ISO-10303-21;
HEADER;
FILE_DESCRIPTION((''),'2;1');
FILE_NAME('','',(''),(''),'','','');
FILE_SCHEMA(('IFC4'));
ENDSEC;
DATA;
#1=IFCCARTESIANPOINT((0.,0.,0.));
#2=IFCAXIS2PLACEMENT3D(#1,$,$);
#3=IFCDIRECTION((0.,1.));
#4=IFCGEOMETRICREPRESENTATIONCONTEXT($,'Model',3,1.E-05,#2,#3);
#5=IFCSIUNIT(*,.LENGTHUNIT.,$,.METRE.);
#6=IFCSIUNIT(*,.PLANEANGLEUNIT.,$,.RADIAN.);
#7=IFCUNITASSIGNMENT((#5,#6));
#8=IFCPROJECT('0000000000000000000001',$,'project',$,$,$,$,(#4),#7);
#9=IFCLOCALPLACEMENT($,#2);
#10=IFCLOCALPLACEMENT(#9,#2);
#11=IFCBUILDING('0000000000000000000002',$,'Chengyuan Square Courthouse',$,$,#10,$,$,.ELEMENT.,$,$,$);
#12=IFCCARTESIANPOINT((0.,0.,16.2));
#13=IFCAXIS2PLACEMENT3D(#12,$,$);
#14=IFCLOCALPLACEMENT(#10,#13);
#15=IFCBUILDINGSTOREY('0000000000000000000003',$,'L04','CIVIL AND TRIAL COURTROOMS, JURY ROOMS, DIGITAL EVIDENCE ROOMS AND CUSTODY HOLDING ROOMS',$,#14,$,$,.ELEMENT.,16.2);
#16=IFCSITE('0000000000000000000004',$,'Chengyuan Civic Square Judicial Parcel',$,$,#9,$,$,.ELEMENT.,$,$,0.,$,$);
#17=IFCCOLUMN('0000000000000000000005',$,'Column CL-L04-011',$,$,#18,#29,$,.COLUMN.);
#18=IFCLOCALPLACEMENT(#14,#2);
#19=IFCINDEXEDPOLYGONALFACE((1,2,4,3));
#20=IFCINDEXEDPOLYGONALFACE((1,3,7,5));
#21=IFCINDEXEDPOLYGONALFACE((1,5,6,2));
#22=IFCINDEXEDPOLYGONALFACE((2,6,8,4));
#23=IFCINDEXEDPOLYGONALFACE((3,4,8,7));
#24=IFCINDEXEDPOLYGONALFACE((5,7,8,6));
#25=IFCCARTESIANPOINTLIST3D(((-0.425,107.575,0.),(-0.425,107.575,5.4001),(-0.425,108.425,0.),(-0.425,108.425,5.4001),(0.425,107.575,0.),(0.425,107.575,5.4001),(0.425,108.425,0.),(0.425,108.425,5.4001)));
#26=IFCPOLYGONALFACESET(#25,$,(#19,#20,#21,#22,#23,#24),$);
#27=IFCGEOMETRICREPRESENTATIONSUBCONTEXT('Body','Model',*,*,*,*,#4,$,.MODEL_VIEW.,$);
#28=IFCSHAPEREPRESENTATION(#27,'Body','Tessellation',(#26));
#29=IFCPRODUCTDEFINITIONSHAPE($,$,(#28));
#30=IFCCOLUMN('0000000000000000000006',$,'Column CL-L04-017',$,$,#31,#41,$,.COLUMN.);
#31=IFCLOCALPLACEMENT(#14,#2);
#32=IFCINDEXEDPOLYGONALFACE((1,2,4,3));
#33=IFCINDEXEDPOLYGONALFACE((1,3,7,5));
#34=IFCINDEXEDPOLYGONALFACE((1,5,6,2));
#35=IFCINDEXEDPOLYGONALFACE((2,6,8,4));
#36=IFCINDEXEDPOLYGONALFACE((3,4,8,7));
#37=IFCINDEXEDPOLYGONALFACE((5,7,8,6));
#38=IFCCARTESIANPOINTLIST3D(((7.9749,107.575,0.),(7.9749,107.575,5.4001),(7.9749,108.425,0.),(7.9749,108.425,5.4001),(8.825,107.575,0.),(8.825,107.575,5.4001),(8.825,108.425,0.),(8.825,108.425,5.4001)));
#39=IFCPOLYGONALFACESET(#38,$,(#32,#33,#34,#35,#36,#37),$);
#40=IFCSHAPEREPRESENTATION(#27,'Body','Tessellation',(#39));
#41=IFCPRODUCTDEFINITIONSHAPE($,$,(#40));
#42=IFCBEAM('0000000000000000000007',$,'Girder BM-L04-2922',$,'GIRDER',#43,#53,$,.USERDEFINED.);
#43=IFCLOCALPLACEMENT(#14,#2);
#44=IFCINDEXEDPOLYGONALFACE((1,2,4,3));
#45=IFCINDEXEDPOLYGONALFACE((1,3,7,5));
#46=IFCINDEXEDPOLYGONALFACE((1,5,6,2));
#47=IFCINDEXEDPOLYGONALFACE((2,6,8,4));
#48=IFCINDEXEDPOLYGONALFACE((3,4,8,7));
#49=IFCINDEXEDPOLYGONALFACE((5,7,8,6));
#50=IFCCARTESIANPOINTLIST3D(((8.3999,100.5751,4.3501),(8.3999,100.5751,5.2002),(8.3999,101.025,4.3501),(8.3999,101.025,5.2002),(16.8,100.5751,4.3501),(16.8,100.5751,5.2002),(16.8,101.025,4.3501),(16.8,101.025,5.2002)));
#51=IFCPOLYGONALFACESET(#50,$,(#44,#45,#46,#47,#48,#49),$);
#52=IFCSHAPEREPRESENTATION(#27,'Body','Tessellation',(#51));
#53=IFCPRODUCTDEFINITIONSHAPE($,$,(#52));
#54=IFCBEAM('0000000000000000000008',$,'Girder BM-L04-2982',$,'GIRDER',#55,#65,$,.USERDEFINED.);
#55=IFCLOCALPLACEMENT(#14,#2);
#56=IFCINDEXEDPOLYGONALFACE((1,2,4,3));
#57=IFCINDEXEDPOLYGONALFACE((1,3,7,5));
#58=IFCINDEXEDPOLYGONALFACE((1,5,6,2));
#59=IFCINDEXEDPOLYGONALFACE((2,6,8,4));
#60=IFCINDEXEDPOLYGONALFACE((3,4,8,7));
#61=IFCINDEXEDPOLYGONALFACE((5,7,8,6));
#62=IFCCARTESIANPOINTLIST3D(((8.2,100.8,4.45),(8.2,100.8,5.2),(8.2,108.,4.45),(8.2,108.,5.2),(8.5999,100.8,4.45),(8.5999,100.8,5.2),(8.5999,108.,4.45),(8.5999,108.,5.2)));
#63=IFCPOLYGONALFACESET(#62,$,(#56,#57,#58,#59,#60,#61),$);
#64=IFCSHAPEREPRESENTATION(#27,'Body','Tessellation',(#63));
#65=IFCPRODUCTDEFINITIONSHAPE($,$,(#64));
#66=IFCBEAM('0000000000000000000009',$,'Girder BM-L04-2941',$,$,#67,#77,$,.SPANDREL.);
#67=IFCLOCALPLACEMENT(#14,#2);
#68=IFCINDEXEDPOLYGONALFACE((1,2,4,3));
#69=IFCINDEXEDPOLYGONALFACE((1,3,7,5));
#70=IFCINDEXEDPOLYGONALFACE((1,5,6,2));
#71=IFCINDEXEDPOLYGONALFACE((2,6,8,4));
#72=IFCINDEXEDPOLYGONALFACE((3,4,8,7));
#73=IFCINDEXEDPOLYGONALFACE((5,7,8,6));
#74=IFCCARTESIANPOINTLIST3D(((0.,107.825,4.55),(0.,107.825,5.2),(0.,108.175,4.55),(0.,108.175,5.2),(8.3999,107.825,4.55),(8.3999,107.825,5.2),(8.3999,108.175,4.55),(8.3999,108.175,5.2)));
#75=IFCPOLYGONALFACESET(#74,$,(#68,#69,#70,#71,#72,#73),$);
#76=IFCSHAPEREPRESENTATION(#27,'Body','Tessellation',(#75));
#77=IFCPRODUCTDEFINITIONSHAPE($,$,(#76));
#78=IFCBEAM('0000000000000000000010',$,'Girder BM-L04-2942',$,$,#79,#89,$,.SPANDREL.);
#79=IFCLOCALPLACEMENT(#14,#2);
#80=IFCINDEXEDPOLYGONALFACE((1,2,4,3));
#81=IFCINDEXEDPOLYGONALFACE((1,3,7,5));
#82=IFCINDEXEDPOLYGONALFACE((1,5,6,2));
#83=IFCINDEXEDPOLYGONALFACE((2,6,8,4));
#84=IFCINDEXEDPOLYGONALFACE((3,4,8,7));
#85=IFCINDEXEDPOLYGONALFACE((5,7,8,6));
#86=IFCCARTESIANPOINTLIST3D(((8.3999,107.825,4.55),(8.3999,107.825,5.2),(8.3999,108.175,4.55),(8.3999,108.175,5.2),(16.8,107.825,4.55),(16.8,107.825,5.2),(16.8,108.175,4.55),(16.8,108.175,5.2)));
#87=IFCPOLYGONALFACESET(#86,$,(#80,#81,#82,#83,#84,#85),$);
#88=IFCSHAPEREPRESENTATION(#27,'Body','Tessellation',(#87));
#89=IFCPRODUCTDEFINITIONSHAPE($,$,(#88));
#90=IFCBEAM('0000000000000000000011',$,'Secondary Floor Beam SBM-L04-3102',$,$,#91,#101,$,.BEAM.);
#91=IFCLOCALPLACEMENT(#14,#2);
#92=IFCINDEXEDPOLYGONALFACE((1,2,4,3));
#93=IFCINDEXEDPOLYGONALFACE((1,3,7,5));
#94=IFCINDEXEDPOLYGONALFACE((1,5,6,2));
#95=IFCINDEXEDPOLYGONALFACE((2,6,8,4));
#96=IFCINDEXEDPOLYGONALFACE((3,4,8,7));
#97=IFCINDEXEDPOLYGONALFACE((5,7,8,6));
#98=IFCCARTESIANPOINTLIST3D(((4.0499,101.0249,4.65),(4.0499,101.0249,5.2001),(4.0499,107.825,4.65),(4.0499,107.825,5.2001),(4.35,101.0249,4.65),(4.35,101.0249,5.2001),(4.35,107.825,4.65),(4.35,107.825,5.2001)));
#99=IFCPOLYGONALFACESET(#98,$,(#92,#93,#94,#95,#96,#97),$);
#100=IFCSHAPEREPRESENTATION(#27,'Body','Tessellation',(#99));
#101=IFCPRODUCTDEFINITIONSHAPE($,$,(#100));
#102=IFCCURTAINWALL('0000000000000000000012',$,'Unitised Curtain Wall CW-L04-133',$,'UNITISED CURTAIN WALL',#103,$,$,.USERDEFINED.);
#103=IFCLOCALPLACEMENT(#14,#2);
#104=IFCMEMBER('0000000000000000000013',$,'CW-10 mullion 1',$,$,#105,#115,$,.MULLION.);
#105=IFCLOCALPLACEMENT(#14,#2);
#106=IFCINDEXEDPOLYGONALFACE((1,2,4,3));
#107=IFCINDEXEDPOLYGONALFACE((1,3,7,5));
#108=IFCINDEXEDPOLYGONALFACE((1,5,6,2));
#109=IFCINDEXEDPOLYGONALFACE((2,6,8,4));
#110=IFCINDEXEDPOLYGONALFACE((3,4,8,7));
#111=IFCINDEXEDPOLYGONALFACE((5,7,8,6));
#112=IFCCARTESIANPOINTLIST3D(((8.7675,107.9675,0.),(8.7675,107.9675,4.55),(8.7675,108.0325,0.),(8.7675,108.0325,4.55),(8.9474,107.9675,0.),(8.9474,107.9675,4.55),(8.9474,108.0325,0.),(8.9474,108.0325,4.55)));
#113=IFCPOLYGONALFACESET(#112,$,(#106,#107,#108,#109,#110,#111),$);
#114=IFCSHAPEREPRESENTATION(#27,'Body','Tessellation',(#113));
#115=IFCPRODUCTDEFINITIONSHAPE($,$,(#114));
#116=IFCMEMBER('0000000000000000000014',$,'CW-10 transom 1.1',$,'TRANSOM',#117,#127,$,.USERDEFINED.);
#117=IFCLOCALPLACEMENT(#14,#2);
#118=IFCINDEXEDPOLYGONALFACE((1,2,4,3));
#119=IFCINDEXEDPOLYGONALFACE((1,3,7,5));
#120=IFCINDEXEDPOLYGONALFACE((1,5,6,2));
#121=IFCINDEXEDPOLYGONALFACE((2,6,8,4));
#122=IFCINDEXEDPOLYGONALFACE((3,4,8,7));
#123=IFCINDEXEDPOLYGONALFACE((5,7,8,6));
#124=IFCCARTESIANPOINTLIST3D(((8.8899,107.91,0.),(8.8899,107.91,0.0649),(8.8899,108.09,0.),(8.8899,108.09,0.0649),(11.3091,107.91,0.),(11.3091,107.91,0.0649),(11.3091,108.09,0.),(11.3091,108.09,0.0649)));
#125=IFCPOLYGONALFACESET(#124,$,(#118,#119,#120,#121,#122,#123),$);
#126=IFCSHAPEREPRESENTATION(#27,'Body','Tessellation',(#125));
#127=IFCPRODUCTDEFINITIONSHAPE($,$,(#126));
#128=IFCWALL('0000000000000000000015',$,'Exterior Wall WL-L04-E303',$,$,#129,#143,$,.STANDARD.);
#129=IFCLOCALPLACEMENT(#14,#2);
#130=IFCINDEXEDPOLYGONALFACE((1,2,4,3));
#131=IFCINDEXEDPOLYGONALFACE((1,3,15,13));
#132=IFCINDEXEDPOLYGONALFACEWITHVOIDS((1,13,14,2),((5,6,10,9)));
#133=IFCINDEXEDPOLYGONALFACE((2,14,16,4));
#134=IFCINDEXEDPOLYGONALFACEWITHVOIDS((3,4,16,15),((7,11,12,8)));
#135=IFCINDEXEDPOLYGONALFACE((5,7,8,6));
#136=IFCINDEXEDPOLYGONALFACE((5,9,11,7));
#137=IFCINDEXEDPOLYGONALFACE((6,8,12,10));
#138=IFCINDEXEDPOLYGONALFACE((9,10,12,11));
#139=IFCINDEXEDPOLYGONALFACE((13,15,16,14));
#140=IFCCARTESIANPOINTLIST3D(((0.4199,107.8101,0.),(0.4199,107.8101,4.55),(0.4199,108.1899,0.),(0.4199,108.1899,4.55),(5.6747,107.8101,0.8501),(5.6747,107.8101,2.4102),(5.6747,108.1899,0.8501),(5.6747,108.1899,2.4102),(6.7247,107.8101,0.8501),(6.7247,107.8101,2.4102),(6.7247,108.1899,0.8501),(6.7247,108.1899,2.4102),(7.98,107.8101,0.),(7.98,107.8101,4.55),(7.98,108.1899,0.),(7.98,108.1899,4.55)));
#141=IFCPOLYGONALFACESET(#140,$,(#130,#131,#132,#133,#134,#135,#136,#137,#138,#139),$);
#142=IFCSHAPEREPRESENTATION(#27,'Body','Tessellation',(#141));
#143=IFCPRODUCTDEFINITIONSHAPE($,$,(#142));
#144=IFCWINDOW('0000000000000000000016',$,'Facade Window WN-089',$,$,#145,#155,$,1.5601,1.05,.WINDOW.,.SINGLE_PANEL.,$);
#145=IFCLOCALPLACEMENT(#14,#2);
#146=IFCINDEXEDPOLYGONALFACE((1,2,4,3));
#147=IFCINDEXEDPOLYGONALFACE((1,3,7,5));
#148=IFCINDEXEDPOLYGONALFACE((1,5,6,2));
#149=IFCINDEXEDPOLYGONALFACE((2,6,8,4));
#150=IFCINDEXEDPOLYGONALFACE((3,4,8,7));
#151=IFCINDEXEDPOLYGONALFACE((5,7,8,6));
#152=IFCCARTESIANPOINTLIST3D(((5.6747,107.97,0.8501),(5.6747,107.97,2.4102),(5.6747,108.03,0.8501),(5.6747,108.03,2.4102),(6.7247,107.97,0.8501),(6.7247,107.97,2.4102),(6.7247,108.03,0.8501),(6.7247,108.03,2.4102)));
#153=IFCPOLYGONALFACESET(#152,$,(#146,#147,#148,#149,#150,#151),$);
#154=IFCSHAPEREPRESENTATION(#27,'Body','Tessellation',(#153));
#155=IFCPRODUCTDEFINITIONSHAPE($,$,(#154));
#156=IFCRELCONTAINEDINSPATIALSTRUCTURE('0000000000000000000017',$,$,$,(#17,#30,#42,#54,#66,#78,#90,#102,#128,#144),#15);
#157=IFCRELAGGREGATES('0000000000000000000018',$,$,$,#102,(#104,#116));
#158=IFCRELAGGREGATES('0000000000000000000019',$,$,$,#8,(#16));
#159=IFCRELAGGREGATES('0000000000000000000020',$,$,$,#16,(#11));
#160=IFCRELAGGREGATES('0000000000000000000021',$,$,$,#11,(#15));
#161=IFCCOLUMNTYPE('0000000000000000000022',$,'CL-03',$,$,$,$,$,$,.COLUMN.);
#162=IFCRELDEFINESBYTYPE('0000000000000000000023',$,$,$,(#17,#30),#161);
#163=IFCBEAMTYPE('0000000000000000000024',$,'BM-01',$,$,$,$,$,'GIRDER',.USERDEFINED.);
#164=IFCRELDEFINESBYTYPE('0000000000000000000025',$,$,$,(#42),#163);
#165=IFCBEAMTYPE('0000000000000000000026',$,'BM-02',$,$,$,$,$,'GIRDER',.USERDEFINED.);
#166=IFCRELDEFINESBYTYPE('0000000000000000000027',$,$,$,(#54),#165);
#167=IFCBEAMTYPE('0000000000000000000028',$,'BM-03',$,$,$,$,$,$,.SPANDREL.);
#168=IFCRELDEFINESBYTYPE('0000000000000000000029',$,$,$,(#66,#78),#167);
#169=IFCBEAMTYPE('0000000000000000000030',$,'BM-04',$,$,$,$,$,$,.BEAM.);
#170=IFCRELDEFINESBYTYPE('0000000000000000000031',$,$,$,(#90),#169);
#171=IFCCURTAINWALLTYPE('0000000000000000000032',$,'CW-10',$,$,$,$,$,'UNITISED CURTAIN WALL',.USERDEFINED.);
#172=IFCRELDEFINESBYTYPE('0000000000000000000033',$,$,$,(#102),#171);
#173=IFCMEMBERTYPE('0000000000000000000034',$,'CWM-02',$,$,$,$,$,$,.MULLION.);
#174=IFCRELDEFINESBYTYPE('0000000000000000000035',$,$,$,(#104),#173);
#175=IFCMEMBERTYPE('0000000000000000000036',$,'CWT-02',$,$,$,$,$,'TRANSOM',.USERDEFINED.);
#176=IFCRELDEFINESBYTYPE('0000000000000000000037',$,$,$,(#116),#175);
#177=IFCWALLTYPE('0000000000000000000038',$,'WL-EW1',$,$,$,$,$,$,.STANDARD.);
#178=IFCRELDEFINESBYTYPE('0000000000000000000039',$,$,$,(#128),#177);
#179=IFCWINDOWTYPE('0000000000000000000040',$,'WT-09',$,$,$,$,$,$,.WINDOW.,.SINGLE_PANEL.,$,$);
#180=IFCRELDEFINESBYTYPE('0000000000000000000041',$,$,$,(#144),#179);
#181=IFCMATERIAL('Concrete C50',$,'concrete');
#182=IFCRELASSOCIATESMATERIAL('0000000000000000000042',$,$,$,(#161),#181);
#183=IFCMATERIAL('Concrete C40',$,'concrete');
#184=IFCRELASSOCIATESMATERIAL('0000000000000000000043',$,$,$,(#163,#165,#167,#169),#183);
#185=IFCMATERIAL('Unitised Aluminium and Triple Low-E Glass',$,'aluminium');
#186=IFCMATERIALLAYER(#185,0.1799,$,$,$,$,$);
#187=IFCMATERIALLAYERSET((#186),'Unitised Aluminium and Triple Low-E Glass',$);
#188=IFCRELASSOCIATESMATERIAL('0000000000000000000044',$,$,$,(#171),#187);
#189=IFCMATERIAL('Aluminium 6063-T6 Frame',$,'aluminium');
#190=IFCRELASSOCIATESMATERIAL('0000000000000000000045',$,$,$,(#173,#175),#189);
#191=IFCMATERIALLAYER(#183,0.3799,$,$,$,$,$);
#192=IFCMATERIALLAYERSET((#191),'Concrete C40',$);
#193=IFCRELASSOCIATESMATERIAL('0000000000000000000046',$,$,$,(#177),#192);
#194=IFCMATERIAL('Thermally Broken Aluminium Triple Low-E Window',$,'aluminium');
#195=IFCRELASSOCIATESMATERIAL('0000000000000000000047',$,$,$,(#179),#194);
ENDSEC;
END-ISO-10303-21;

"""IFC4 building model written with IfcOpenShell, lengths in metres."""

from ifc_helpers import new_model, si_unit, direction, frame, frame_2d, origin, origin_2d, place, context, subcontext, project, spatial, rectangle, extrude, material, layer, layer_set, material_profile, profile_set, type_object, element, fill, aggregate, save


model = new_model("IFC4")

# Units and contexts
model_context = context("Model", 3, precision=1e-05, world=origin(), true_north=direction((0.0, 1.0)))
body_context = subcontext(model_context, "Body", "Model", "MODEL_VIEW")
ifc_project = project(units=[si_unit("LENGTHUNIT", "METRE"), si_unit("PLANEANGLEUNIT", "RADIAN")], contexts=[model_context])

# Site, building, storey
site_placement = place(None, origin())
site = spatial("IfcSite", under=ifc_project, at=site_placement, Name="Chengyuan Civic Square Judicial Parcel", CompositionType="ELEMENT", RefElevation=0.0)
building_placement = place(site_placement, origin())
building = spatial("IfcBuilding", under=site, at=building_placement, Name="Chengyuan Square Courthouse", CompositionType="ELEMENT")
storey_placement = place(building_placement, frame((0.0, 0.0, 16.2)))
storey = spatial("IfcBuildingStorey", under=building, at=storey_placement, Name="L04", Description="CIVIL AND TRIAL COURTROOMS, JURY ROOMS, DIGITAL EVIDENCE ROOMS AND CUSTODY HOLDING ROOMS", CompositionType="ELEMENT", Elevation=16.2)

# Columns
ifc_material_1 = material(Name="Concrete C50", Category="concrete")
ifc_material_profile_1 = material_profile(ifc_material_1, rectangle(XDim=0.8501, YDim=0.8501, at=origin_2d()), Name="RC-COL-850x850")
ifc_profile_set_1 = profile_set([ifc_material_profile_1], Name="Concrete C50")
column_type = type_object("IfcColumnType", Name="CL-03", PredefinedType="COLUMN", material=ifc_profile_set_1)
for number, where, z_axis, x_axis, name in (
    (1, (0.0, 108.0, 0.0), (0.0, 0.0, 1.0), (1.0, 0.0, 0.0), "Column CL-L04-011"),
    (2, (8.3999, 108.0, 0.0), (0.0, 0.0, 1.0), (1.0, 0.0, 0.0), "Column CL-L04-017"),
):
    element("IfcColumn", number, at=place(storey_placement, frame(where, z_axis=z_axis, x_axis=x_axis)), inside=storey, type_object=column_type, Name=name, PredefinedType="COLUMN", context=body_context, shape_type="SweptSolid", body=[
        extrude(rectangle(XDim=0.8501, YDim=0.8501, at=origin_2d()), origin(), (0.0, 0.0, 1.0), 5.4001),
    ])

# Beams
ifc_material_2 = material(Name="Concrete C40", Category="concrete")
ifc_material_profile_2 = material_profile(ifc_material_2, rectangle(XDim=0.45, YDim=0.8501, at=origin_2d()), Name="RC-BM-450x850")
ifc_profile_set_2 = profile_set([ifc_material_profile_2], Name="Concrete C40")
beam_type_1 = type_object("IfcBeamType", Name="BM-01", ElementType="GIRDER", PredefinedType="USERDEFINED", material=ifc_profile_set_2)
beam_1_placement = place(storey_placement, frame((8.3999, 100.8, 4.7751), z_axis=(1.0, 0.0, 0.0), x_axis=(0.0, 1.0, 0.0)))
element("IfcBeam", 3, at=beam_1_placement, inside=storey, type_object=beam_type_1, Name="Girder BM-L04-2922", ObjectType="GIRDER", PredefinedType="USERDEFINED", context=body_context, shape_type="SweptSolid", body=[
    extrude(rectangle(XDim=0.45, YDim=0.8501, at=origin_2d()), origin(), (0.0, 0.0, 1.0), 8.4001),
])
ifc_material_profile_3 = material_profile(ifc_material_2, rectangle(XDim=0.3999, YDim=0.75, at=origin_2d()), Name="RC-BM-400x750")
ifc_profile_set_3 = profile_set([ifc_material_profile_3], Name="Concrete C40")
beam_type_2 = type_object("IfcBeamType", Name="BM-02", ElementType="GIRDER", PredefinedType="USERDEFINED", material=ifc_profile_set_3)
beam_2_placement = place(storey_placement, frame((8.3999, 100.8, 4.825), z_axis=(0.0, 1.0, 0.0), x_axis=(-1.0, 0.0, 0.0)))
element("IfcBeam", 4, at=beam_2_placement, inside=storey, type_object=beam_type_2, Name="Girder BM-L04-2982", ObjectType="GIRDER", PredefinedType="USERDEFINED", context=body_context, shape_type="SweptSolid", body=[
    extrude(rectangle(XDim=0.3999, YDim=0.75, at=origin_2d()), origin(), (0.0, 0.0, 1.0), 7.2),
])
ifc_material_profile_4 = material_profile(ifc_material_2, rectangle(XDim=0.3501, YDim=0.6499, at=origin_2d()), Name="RC-BM-350x650")
ifc_profile_set_4 = profile_set([ifc_material_profile_4], Name="Concrete C40")
beam_type_3 = type_object("IfcBeamType", Name="BM-03", PredefinedType="SPANDREL", material=ifc_profile_set_4)
beam_3_placement = place(storey_placement, frame((0.0, 108.0, 4.875), z_axis=(1.0, 0.0, 0.0), x_axis=(0.0, 1.0, 0.0)))
element("IfcBeam", 5, at=beam_3_placement, inside=storey, type_object=beam_type_3, Name="Girder BM-L04-2941", PredefinedType="SPANDREL", context=body_context, shape_type="SweptSolid", body=[
    extrude(rectangle(XDim=0.3501, YDim=0.6499, at=origin_2d()), origin(), (0.0, 0.0, 1.0), 8.3999),
])
beam_4_placement = place(storey_placement, frame((8.3999, 108.0, 4.875), z_axis=(1.0, 0.0, 0.0), x_axis=(0.0, 1.0, 0.0)))
element("IfcBeam", 6, at=beam_4_placement, inside=storey, type_object=beam_type_3, Name="Girder BM-L04-2942", PredefinedType="SPANDREL", context=body_context, shape_type="SweptSolid", body=[
    extrude(rectangle(XDim=0.3501, YDim=0.6499, at=origin_2d()), origin(), (0.0, 0.0, 1.0), 8.4001),
])
ifc_material_profile_5 = material_profile(ifc_material_2, rectangle(XDim=0.3, YDim=0.55, at=origin_2d()), Name="RC-BM-300x550")
ifc_profile_set_5 = profile_set([ifc_material_profile_5], Name="Concrete C40")
beam_type_4 = type_object("IfcBeamType", Name="BM-04", PredefinedType="BEAM", material=ifc_profile_set_5)
beam_5_placement = place(storey_placement, frame((4.2, 101.0249, 4.925), z_axis=(0.0, 1.0, 0.0), x_axis=(-1.0, 0.0, 0.0)))
element("IfcBeam", 7, at=beam_5_placement, inside=storey, type_object=beam_type_4, Name="Secondary Floor Beam SBM-L04-3102", PredefinedType="BEAM", context=body_context, shape_type="SweptSolid", body=[
    extrude(rectangle(XDim=0.3, YDim=0.55, at=origin_2d()), origin(), (0.0, 0.0, 1.0), 6.8),
])

# Curtain wall, members
ifc_material_3 = material(Name="Unitised Aluminium and Triple Low-E Glass", Category="aluminium")
ifc_layer_1 = layer(ifc_material_3, 0.1799)
ifc_layer_set_1 = layer_set([ifc_layer_1], Name="Unitised Aluminium and Triple Low-E Glass")
curtain_wall_type = type_object("IfcCurtainWallType", Name="CW-10", ElementType="UNITISED CURTAIN WALL", PredefinedType="USERDEFINED", material=ifc_layer_set_1)
curtain_wall_placement = place(storey_placement, origin())
curtain_wall = element("IfcCurtainWall", 8, at=curtain_wall_placement, inside=storey, type_object=curtain_wall_type, Name="Unitised Curtain Wall CW-L04-133", ObjectType="UNITISED CURTAIN WALL", PredefinedType="USERDEFINED")
ifc_material_4 = material(Name="Aluminium 6063-T6 Frame", Category="aluminium")
ifc_material_profile_6 = material_profile(ifc_material_4, rectangle(XDim=0.0649, YDim=0.1799, at=origin_2d()), Name="CW-MUL-65x180")
ifc_profile_set_6 = profile_set([ifc_material_profile_6], Name="Aluminium 6063-T6 Frame")
member_type_1 = type_object("IfcMemberType", Name="CWM-02", PredefinedType="MULLION", material=ifc_profile_set_6)
member_1_placement = place(storey_placement, frame((8.8574, 108.0, 0.0), z_axis=(0.0, 0.0, 1.0), x_axis=(0.0, 1.0, 0.0)))
member_1 = element("IfcMember", 9, at=member_1_placement, type_object=member_type_1, Name="CW-10 mullion 1", PredefinedType="MULLION", context=body_context, shape_type="SweptSolid", body=[
    extrude(rectangle(XDim=0.0649, YDim=0.1799, at=origin_2d()), origin(), (0.0, 0.0, 1.0), 4.55),
])
ifc_material_profile_7 = material_profile(ifc_material_4, rectangle(XDim=0.1799, YDim=0.0649, at=origin_2d()), Name="CW-TRN-65x140")
ifc_profile_set_7 = profile_set([ifc_material_profile_7], Name="Aluminium 6063-T6 Frame")
member_type_2 = type_object("IfcMemberType", Name="CWT-02", ElementType="TRANSOM", PredefinedType="USERDEFINED", material=ifc_profile_set_7)
member_2_placement = place(storey_placement, frame((8.8899, 108.0, 0.0325), z_axis=(1.0, 0.0, 0.0), x_axis=(0.0, 1.0, 0.0)))
member_2 = element("IfcMember", 10, at=member_2_placement, type_object=member_type_2, Name="CW-10 transom 1.1", ObjectType="TRANSOM", PredefinedType="USERDEFINED", context=body_context, shape_type="SweptSolid", body=[
    extrude(rectangle(XDim=0.1799, YDim=0.0649, at=origin_2d()), origin(), (0.0, 0.0, 1.0), 2.4192),
])
aggregate(curtain_wall, [member_1, member_2])

# Wall, opening, window
ifc_layer_2 = layer(ifc_material_2, 0.3799)
ifc_layer_set_2 = layer_set([ifc_layer_2], Name="Concrete C40")
wall_type_1 = type_object("IfcWallType", Name="WL-EW1", PredefinedType="STANDARD", material=ifc_layer_set_2)
wall_1_placement = place(storey_placement, frame((0.4199, 108.0, 0.0), z_axis=(0.0, 0.0, 1.0), x_axis=(1.0, 0.0, 0.0)))
wall_1 = element("IfcWall", 11, at=wall_1_placement, inside=storey, type_object=wall_type_1, Name="Exterior Wall WL-L04-E303", PredefinedType="STANDARD", context=body_context, shape_type="SweptSolid", body=[
    extrude(rectangle(XDim=7.5601, YDim=0.3799, at=frame_2d((3.78, 0.0))), origin(), (0.0, 0.0, 1.0), 4.55),
])
opening_1_placement = place(wall_1_placement, frame((5.2549, 0.0, 0.8501)))
opening_1 = element("IfcOpeningElement", 12, at=opening_1_placement, cuts=wall_1, PredefinedType="OPENING", context=body_context, shape_type="SweptSolid", body=[
    extrude(rectangle(XDim=1.05, YDim=1.5601, at=frame_2d((0.5249, 0.78))), frame((0.0, 0.2019, 0.0), z_axis=(0.0, -1.0, 0.0), x_axis=(1.0, 0.0, 0.0)), (0.0, 0.0, 1.0), 0.4038),
])
ifc_material_5 = material(Name="Thermally Broken Aluminium Triple Low-E Window", Category="aluminium")
window_type = type_object("IfcWindowType", Name="WT-09", PartitioningType="SINGLE_PANEL", PredefinedType="WINDOW", material=ifc_material_5)
window_1_placement = place(opening_1_placement, origin())
window_1 = element("IfcWindow", 13, at=window_1_placement, inside=storey, type_object=window_type, Name="Facade Window WN-089", OverallHeight=1.5601, OverallWidth=1.05, PartitioningType="SINGLE_PANEL", PredefinedType="WINDOW", context=body_context, shape_type="SweptSolid", body=[
    extrude(rectangle(XDim=1.05, YDim=1.5601, at=frame_2d((0.5249, 0.78))), frame((0.0, 0.03, 0.0), z_axis=(0.0, -1.0, 0.0), x_axis=(1.0, 0.0, 0.0)), (0.0, 0.0, 1.0), 0.0601),
])
fill(opening_1, window_1)

save(model, "model.ifc")
